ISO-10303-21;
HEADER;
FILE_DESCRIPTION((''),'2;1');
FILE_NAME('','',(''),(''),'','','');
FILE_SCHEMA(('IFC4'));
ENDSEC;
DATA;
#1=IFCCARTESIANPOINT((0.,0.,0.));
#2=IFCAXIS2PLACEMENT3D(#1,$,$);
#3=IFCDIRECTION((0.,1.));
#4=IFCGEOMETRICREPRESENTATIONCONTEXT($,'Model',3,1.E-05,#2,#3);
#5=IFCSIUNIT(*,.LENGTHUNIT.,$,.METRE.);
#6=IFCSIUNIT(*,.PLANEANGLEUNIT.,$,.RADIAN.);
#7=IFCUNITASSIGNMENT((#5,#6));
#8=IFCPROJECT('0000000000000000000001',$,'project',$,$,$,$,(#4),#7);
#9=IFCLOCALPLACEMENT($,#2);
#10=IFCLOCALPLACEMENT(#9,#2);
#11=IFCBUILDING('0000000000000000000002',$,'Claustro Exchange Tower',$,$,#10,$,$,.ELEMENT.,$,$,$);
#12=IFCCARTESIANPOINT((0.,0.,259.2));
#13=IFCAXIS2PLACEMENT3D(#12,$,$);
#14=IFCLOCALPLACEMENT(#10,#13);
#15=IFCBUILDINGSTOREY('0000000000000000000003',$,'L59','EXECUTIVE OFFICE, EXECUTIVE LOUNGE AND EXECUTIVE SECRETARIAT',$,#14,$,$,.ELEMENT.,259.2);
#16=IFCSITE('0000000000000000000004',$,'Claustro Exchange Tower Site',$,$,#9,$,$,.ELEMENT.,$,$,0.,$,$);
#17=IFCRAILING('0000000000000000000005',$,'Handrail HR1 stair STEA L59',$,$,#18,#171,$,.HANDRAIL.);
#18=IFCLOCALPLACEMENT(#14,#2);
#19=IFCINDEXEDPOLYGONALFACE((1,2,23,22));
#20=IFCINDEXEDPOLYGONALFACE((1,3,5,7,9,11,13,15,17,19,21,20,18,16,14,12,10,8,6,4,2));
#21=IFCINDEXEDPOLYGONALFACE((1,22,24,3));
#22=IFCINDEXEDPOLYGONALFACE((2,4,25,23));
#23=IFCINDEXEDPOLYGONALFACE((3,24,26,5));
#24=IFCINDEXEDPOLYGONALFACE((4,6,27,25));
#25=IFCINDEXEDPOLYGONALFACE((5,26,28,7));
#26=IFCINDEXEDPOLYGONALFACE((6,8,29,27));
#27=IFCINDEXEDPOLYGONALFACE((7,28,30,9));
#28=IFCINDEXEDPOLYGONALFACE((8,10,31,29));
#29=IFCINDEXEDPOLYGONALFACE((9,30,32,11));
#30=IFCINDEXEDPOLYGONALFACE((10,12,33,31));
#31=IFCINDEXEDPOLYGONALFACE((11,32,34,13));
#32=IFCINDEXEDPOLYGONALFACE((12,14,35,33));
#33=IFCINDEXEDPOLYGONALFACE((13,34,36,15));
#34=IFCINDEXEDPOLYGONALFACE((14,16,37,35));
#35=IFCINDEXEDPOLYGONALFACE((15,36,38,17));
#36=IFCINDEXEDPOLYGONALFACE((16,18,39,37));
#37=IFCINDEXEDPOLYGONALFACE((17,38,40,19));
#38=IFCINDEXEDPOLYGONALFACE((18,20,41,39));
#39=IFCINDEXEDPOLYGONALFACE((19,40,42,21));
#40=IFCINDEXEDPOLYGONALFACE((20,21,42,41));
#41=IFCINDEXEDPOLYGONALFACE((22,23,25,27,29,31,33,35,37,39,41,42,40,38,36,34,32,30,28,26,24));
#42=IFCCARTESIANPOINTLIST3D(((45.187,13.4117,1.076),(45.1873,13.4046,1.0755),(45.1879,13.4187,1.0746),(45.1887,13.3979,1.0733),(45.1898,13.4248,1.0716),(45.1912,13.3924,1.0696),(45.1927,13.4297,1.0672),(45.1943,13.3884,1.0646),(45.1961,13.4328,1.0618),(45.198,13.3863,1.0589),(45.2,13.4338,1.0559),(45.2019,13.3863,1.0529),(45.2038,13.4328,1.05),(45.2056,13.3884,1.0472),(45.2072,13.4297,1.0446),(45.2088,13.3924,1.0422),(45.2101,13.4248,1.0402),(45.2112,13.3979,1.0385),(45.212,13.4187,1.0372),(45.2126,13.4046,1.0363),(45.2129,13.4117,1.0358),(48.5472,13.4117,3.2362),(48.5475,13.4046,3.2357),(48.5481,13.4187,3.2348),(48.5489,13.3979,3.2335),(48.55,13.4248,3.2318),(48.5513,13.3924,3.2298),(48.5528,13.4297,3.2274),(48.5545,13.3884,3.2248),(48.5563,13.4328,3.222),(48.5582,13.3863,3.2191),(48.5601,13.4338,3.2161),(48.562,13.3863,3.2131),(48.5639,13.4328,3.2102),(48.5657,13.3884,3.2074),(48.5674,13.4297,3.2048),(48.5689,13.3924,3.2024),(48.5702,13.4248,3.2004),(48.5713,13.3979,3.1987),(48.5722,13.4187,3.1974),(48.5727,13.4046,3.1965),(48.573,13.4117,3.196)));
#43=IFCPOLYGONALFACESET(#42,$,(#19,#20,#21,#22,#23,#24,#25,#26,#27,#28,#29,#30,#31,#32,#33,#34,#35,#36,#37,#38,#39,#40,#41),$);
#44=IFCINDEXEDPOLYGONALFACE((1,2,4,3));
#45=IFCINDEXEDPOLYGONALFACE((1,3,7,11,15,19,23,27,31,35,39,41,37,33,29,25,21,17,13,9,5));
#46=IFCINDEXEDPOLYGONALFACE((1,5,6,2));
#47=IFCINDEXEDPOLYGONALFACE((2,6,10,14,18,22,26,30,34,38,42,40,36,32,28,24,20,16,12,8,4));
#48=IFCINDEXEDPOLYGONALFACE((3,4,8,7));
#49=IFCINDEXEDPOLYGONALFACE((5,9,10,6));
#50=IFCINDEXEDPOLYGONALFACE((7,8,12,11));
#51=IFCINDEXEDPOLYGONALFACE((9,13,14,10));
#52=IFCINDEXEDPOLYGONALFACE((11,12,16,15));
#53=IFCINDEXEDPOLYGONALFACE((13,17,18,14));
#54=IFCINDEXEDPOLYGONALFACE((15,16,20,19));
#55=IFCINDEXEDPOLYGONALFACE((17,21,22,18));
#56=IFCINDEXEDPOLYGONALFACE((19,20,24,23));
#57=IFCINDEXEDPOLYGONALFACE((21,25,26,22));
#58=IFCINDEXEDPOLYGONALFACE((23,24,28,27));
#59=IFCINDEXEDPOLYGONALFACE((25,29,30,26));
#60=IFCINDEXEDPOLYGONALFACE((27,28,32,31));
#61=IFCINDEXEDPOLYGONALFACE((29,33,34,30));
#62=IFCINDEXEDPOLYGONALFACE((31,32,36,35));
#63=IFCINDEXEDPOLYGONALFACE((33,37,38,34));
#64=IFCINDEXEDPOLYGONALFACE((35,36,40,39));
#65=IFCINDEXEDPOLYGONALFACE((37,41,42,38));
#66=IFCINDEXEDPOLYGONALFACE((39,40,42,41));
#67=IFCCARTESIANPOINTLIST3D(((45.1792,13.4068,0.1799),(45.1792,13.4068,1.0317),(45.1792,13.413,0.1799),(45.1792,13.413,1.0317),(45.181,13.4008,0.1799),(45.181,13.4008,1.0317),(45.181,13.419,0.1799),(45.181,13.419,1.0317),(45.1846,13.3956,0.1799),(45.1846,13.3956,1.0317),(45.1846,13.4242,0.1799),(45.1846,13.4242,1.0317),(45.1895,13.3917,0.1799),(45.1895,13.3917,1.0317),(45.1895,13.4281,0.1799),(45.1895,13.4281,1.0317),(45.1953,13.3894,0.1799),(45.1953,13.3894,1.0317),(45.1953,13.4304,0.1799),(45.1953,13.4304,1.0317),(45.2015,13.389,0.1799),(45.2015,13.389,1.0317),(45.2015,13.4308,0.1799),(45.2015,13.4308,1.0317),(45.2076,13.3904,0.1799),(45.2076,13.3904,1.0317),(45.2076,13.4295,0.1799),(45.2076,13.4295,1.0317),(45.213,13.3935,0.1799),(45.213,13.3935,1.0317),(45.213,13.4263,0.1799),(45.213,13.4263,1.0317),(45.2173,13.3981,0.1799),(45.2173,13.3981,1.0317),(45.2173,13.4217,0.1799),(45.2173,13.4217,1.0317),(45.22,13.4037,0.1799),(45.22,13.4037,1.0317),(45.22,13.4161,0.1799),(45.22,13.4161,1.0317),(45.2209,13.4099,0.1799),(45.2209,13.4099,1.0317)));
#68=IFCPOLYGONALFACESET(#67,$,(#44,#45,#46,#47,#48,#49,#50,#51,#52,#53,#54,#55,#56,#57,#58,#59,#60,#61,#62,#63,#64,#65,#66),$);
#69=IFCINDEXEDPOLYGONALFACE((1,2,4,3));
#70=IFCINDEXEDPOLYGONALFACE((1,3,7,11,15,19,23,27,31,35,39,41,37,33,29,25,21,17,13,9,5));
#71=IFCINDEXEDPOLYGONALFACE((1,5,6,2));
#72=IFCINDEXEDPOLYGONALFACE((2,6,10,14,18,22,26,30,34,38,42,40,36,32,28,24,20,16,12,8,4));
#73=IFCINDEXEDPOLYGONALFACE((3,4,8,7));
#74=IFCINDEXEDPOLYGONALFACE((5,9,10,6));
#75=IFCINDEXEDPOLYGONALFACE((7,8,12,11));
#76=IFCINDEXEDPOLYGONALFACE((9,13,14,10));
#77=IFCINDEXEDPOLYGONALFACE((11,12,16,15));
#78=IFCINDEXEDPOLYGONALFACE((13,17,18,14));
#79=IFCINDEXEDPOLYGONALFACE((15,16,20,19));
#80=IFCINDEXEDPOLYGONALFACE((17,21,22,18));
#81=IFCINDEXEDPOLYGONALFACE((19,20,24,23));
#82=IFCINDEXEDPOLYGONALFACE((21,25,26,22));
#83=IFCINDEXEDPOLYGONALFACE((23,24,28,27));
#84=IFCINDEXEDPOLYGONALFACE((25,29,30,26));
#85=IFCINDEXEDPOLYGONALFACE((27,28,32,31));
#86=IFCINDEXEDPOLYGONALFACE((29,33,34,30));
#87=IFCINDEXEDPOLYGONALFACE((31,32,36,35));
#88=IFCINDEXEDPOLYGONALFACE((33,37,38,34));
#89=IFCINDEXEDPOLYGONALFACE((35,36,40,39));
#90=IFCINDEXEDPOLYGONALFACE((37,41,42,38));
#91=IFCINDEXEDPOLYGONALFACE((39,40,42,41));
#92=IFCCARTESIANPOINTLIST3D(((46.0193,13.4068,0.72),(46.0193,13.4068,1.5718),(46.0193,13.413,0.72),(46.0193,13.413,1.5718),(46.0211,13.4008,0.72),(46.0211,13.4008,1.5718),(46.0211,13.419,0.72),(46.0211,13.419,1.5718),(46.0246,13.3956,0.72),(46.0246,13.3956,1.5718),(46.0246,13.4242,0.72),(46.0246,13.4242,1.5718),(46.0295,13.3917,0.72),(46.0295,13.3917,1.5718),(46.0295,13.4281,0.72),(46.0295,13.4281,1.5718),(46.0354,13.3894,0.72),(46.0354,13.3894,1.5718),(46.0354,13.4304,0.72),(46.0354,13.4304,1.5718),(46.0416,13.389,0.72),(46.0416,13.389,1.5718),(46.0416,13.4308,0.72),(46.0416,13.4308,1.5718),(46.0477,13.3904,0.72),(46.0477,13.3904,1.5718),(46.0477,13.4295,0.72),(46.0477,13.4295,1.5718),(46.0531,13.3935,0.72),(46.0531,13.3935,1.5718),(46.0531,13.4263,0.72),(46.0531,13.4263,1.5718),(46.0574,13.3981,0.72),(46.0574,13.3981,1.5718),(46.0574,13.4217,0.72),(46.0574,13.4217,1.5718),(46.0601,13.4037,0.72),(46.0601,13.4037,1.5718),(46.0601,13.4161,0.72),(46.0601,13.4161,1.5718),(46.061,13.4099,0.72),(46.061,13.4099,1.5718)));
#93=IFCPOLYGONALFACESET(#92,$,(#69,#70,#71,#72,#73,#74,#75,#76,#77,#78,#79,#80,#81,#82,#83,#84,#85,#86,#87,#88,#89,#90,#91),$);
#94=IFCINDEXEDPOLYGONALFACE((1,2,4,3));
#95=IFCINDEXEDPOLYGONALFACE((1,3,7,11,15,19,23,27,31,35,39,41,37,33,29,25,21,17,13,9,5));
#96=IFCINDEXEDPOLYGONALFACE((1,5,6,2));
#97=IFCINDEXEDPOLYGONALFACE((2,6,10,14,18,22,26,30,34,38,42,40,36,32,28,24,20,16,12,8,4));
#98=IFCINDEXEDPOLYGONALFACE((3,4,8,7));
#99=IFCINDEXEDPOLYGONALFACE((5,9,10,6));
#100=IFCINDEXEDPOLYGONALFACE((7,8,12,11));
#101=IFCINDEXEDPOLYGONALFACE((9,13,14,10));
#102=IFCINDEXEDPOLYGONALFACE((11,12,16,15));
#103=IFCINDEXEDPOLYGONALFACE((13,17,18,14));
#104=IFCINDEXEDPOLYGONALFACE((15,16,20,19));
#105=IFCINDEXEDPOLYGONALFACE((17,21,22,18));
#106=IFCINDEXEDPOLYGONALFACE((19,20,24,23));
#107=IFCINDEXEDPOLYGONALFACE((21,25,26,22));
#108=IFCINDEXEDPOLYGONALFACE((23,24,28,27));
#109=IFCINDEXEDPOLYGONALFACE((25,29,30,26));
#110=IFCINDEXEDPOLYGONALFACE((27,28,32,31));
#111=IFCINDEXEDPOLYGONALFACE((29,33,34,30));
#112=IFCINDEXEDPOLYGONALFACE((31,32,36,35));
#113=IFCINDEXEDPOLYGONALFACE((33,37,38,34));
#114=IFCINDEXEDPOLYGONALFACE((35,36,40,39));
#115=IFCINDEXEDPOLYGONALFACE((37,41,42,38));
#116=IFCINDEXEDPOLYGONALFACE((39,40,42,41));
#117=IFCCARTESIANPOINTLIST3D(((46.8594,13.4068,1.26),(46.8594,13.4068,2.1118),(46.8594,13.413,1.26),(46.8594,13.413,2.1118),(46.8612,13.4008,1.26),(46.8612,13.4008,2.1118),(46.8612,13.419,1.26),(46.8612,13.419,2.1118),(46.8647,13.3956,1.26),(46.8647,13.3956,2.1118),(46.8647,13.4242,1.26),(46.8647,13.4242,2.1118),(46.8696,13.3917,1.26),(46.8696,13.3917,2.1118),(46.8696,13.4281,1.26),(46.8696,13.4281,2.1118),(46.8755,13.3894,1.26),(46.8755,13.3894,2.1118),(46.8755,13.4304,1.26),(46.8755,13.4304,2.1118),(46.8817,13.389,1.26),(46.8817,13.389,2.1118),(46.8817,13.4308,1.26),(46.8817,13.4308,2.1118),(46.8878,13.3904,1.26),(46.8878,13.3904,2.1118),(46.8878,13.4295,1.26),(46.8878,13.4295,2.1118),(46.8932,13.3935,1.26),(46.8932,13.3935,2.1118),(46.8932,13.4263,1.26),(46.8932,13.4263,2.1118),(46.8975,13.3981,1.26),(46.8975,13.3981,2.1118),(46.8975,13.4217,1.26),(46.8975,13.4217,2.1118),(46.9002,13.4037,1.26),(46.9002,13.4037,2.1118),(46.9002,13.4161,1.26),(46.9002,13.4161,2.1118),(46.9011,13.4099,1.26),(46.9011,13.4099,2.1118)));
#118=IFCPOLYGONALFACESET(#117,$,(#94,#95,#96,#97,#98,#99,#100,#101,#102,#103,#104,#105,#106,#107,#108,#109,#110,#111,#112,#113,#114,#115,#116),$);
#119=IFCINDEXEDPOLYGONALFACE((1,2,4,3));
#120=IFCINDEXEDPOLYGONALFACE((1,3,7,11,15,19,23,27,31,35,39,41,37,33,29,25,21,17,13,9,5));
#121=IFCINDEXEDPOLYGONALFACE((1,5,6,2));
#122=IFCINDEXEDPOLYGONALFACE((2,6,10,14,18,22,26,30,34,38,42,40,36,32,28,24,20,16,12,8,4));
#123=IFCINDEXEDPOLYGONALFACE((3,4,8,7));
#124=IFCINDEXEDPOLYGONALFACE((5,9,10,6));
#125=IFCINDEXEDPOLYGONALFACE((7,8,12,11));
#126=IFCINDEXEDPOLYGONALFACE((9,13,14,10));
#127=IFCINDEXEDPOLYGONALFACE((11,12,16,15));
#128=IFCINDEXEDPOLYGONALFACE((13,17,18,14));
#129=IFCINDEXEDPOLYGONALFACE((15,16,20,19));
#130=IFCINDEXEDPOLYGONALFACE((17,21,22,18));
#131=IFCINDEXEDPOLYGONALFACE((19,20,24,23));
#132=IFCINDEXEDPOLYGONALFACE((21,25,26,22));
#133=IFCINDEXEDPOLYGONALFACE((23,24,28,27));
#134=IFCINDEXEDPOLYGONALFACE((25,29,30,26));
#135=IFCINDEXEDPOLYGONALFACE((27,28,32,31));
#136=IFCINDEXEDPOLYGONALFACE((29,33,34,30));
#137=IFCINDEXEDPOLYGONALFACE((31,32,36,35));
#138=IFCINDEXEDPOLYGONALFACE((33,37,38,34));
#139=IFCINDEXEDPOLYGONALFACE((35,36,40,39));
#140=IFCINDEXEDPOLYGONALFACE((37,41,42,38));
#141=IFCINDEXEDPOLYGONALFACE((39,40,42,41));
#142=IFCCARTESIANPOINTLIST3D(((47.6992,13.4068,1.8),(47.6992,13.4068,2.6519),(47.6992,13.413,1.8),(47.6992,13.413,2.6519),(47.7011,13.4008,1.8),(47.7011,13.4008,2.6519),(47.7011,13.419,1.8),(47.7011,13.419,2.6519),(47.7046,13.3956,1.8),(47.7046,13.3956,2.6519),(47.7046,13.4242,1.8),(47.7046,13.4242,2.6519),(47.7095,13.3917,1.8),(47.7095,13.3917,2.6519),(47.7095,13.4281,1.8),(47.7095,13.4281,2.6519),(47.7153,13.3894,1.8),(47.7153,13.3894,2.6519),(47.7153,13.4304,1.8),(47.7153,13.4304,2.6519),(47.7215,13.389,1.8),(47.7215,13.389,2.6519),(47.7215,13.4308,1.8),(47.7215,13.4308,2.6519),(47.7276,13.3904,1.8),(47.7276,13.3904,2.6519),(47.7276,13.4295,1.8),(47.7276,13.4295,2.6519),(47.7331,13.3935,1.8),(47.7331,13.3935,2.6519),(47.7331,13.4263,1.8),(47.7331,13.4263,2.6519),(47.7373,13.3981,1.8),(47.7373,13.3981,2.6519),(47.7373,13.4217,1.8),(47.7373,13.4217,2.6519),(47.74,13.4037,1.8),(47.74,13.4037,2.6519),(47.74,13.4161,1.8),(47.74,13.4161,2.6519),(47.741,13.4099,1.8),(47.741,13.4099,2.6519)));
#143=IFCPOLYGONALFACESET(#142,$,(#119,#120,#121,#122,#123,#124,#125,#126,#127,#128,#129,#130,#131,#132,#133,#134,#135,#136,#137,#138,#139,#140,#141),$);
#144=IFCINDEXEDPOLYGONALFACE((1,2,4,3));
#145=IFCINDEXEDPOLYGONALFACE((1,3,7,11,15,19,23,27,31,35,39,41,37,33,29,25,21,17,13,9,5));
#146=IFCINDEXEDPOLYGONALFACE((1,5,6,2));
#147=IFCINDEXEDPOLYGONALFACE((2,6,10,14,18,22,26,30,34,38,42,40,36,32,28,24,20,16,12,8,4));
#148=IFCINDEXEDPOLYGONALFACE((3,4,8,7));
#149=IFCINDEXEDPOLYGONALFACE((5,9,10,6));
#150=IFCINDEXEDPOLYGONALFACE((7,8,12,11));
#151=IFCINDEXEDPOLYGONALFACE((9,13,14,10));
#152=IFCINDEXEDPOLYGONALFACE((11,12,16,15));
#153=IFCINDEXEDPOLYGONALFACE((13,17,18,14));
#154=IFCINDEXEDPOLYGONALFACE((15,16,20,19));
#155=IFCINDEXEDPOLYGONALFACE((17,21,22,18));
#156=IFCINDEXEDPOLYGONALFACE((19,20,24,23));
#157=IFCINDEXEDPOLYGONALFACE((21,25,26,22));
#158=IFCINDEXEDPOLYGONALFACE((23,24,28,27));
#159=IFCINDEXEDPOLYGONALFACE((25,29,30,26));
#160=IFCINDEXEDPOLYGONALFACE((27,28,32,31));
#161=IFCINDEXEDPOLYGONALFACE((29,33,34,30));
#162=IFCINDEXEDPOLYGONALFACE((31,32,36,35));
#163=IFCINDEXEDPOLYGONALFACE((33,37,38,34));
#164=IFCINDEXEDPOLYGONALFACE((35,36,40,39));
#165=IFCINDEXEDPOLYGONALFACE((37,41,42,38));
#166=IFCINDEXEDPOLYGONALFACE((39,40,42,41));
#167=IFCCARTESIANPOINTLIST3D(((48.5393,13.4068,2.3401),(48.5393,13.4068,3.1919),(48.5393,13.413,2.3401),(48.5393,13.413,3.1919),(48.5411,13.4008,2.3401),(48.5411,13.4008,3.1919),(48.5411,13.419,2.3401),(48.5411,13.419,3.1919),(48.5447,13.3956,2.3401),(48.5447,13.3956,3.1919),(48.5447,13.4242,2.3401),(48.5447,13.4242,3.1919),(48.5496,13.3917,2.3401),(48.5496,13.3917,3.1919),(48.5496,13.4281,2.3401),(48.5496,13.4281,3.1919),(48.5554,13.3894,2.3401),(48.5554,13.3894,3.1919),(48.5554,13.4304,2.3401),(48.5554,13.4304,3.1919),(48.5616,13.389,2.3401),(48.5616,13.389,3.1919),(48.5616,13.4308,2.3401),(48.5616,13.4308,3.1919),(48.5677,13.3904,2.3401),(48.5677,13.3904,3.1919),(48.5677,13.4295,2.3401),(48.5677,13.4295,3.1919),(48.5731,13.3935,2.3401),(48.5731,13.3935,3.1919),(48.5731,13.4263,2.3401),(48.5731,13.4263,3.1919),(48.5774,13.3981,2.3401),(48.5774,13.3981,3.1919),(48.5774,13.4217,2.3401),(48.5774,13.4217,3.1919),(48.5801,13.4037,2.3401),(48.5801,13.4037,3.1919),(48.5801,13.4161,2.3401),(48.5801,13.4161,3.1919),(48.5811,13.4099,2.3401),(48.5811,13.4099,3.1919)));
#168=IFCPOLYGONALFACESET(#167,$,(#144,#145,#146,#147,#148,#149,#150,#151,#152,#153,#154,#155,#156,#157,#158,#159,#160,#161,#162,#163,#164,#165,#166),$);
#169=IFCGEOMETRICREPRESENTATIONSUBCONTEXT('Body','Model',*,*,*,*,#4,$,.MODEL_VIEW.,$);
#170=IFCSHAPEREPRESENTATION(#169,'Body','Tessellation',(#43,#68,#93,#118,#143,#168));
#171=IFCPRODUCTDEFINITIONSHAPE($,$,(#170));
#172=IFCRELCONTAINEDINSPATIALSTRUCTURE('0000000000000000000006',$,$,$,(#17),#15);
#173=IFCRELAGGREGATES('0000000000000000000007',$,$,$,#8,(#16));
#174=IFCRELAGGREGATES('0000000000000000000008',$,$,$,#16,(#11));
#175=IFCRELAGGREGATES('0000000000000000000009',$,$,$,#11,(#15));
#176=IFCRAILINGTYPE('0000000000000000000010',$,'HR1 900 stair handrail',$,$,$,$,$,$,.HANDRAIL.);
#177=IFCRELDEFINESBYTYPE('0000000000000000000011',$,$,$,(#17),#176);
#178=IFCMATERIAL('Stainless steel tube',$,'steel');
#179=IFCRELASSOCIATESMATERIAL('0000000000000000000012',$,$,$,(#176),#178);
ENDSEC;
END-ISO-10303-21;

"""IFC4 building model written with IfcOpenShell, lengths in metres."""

from ifc_helpers import new_model, si_unit, direction, frame, origin, origin_2d, place, context, subcontext, project, spatial, circle, extrude, material, type_object, element, save


model = new_model("IFC4")

# Units and contexts
model_context = context("Model", 3, precision=1e-05, world=origin(), true_north=direction((0.0, 1.0)))
body_context = subcontext(model_context, "Body", "Model", "MODEL_VIEW")
ifc_project = project(units=[si_unit("LENGTHUNIT", "METRE"), si_unit("PLANEANGLEUNIT", "RADIAN")], contexts=[model_context])

# Site, building, storey
site_placement = place(None, origin())
site = spatial("IfcSite", under=ifc_project, at=site_placement, Name="Claustro Exchange Tower Site", CompositionType="ELEMENT", RefElevation=0.0)
building_placement = place(site_placement, origin())
building = spatial("IfcBuilding", under=site, at=building_placement, Name="Claustro Exchange Tower", CompositionType="ELEMENT")
storey_placement = place(building_placement, frame((0.0, 0.0, 259.2)))
storey = spatial("IfcBuildingStorey", under=building, at=storey_placement, Name="L59", Description="EXECUTIVE OFFICE, EXECUTIVE LOUNGE AND EXECUTIVE SECRETARIAT", CompositionType="ELEMENT", Elevation=259.2)

# Railing
ifc_material_1 = material(Name="Stainless steel tube", Category="steel")
railing_type_1 = type_object("IfcRailingType", Name="HR1 900 stair handrail", PredefinedType="HANDRAIL", material=ifc_material_1)
railing_1_placement = place(storey_placement, frame((45.2, 13.4099, 0.1799)))
element("IfcRailing", 1, at=railing_1_placement, inside=storey, type_object=railing_type_1, Name="Handrail HR1 stair STEA L59", PredefinedType="HANDRAIL", context=body_context, shape_type="SweptSolid", body=[
    extrude(circle(Radius=0.0239, at=origin_2d()), frame((0.0, 0.0, 0.876), z_axis=(0.841169, 0.0, 0.540773), x_axis=(0.0, 1.0, 0.0)), (0.0, 0.0, 1.0), 3.9946),
    extrude(circle(Radius=0.021, at=origin_2d()), origin(), (0.0, 0.0, 1.0), 0.8518),
    extrude(circle(Radius=0.021, at=origin_2d()), frame((0.8401, 0.0, 0.54)), (0.0, 0.0, 1.0), 0.8518),
    extrude(circle(Radius=0.021, at=origin_2d()), frame((1.6802, 0.0, 1.0801)), (0.0, 0.0, 1.0), 0.8518),
    extrude(circle(Radius=0.021, at=origin_2d()), frame((2.52, 0.0, 1.6201)), (0.0, 0.0, 1.0), 0.8518),
    extrude(circle(Radius=0.021, at=origin_2d()), frame((3.3601, 0.0, 2.1602)), (0.0, 0.0, 1.0), 0.8518),
])

save(model, "model.ifc")
